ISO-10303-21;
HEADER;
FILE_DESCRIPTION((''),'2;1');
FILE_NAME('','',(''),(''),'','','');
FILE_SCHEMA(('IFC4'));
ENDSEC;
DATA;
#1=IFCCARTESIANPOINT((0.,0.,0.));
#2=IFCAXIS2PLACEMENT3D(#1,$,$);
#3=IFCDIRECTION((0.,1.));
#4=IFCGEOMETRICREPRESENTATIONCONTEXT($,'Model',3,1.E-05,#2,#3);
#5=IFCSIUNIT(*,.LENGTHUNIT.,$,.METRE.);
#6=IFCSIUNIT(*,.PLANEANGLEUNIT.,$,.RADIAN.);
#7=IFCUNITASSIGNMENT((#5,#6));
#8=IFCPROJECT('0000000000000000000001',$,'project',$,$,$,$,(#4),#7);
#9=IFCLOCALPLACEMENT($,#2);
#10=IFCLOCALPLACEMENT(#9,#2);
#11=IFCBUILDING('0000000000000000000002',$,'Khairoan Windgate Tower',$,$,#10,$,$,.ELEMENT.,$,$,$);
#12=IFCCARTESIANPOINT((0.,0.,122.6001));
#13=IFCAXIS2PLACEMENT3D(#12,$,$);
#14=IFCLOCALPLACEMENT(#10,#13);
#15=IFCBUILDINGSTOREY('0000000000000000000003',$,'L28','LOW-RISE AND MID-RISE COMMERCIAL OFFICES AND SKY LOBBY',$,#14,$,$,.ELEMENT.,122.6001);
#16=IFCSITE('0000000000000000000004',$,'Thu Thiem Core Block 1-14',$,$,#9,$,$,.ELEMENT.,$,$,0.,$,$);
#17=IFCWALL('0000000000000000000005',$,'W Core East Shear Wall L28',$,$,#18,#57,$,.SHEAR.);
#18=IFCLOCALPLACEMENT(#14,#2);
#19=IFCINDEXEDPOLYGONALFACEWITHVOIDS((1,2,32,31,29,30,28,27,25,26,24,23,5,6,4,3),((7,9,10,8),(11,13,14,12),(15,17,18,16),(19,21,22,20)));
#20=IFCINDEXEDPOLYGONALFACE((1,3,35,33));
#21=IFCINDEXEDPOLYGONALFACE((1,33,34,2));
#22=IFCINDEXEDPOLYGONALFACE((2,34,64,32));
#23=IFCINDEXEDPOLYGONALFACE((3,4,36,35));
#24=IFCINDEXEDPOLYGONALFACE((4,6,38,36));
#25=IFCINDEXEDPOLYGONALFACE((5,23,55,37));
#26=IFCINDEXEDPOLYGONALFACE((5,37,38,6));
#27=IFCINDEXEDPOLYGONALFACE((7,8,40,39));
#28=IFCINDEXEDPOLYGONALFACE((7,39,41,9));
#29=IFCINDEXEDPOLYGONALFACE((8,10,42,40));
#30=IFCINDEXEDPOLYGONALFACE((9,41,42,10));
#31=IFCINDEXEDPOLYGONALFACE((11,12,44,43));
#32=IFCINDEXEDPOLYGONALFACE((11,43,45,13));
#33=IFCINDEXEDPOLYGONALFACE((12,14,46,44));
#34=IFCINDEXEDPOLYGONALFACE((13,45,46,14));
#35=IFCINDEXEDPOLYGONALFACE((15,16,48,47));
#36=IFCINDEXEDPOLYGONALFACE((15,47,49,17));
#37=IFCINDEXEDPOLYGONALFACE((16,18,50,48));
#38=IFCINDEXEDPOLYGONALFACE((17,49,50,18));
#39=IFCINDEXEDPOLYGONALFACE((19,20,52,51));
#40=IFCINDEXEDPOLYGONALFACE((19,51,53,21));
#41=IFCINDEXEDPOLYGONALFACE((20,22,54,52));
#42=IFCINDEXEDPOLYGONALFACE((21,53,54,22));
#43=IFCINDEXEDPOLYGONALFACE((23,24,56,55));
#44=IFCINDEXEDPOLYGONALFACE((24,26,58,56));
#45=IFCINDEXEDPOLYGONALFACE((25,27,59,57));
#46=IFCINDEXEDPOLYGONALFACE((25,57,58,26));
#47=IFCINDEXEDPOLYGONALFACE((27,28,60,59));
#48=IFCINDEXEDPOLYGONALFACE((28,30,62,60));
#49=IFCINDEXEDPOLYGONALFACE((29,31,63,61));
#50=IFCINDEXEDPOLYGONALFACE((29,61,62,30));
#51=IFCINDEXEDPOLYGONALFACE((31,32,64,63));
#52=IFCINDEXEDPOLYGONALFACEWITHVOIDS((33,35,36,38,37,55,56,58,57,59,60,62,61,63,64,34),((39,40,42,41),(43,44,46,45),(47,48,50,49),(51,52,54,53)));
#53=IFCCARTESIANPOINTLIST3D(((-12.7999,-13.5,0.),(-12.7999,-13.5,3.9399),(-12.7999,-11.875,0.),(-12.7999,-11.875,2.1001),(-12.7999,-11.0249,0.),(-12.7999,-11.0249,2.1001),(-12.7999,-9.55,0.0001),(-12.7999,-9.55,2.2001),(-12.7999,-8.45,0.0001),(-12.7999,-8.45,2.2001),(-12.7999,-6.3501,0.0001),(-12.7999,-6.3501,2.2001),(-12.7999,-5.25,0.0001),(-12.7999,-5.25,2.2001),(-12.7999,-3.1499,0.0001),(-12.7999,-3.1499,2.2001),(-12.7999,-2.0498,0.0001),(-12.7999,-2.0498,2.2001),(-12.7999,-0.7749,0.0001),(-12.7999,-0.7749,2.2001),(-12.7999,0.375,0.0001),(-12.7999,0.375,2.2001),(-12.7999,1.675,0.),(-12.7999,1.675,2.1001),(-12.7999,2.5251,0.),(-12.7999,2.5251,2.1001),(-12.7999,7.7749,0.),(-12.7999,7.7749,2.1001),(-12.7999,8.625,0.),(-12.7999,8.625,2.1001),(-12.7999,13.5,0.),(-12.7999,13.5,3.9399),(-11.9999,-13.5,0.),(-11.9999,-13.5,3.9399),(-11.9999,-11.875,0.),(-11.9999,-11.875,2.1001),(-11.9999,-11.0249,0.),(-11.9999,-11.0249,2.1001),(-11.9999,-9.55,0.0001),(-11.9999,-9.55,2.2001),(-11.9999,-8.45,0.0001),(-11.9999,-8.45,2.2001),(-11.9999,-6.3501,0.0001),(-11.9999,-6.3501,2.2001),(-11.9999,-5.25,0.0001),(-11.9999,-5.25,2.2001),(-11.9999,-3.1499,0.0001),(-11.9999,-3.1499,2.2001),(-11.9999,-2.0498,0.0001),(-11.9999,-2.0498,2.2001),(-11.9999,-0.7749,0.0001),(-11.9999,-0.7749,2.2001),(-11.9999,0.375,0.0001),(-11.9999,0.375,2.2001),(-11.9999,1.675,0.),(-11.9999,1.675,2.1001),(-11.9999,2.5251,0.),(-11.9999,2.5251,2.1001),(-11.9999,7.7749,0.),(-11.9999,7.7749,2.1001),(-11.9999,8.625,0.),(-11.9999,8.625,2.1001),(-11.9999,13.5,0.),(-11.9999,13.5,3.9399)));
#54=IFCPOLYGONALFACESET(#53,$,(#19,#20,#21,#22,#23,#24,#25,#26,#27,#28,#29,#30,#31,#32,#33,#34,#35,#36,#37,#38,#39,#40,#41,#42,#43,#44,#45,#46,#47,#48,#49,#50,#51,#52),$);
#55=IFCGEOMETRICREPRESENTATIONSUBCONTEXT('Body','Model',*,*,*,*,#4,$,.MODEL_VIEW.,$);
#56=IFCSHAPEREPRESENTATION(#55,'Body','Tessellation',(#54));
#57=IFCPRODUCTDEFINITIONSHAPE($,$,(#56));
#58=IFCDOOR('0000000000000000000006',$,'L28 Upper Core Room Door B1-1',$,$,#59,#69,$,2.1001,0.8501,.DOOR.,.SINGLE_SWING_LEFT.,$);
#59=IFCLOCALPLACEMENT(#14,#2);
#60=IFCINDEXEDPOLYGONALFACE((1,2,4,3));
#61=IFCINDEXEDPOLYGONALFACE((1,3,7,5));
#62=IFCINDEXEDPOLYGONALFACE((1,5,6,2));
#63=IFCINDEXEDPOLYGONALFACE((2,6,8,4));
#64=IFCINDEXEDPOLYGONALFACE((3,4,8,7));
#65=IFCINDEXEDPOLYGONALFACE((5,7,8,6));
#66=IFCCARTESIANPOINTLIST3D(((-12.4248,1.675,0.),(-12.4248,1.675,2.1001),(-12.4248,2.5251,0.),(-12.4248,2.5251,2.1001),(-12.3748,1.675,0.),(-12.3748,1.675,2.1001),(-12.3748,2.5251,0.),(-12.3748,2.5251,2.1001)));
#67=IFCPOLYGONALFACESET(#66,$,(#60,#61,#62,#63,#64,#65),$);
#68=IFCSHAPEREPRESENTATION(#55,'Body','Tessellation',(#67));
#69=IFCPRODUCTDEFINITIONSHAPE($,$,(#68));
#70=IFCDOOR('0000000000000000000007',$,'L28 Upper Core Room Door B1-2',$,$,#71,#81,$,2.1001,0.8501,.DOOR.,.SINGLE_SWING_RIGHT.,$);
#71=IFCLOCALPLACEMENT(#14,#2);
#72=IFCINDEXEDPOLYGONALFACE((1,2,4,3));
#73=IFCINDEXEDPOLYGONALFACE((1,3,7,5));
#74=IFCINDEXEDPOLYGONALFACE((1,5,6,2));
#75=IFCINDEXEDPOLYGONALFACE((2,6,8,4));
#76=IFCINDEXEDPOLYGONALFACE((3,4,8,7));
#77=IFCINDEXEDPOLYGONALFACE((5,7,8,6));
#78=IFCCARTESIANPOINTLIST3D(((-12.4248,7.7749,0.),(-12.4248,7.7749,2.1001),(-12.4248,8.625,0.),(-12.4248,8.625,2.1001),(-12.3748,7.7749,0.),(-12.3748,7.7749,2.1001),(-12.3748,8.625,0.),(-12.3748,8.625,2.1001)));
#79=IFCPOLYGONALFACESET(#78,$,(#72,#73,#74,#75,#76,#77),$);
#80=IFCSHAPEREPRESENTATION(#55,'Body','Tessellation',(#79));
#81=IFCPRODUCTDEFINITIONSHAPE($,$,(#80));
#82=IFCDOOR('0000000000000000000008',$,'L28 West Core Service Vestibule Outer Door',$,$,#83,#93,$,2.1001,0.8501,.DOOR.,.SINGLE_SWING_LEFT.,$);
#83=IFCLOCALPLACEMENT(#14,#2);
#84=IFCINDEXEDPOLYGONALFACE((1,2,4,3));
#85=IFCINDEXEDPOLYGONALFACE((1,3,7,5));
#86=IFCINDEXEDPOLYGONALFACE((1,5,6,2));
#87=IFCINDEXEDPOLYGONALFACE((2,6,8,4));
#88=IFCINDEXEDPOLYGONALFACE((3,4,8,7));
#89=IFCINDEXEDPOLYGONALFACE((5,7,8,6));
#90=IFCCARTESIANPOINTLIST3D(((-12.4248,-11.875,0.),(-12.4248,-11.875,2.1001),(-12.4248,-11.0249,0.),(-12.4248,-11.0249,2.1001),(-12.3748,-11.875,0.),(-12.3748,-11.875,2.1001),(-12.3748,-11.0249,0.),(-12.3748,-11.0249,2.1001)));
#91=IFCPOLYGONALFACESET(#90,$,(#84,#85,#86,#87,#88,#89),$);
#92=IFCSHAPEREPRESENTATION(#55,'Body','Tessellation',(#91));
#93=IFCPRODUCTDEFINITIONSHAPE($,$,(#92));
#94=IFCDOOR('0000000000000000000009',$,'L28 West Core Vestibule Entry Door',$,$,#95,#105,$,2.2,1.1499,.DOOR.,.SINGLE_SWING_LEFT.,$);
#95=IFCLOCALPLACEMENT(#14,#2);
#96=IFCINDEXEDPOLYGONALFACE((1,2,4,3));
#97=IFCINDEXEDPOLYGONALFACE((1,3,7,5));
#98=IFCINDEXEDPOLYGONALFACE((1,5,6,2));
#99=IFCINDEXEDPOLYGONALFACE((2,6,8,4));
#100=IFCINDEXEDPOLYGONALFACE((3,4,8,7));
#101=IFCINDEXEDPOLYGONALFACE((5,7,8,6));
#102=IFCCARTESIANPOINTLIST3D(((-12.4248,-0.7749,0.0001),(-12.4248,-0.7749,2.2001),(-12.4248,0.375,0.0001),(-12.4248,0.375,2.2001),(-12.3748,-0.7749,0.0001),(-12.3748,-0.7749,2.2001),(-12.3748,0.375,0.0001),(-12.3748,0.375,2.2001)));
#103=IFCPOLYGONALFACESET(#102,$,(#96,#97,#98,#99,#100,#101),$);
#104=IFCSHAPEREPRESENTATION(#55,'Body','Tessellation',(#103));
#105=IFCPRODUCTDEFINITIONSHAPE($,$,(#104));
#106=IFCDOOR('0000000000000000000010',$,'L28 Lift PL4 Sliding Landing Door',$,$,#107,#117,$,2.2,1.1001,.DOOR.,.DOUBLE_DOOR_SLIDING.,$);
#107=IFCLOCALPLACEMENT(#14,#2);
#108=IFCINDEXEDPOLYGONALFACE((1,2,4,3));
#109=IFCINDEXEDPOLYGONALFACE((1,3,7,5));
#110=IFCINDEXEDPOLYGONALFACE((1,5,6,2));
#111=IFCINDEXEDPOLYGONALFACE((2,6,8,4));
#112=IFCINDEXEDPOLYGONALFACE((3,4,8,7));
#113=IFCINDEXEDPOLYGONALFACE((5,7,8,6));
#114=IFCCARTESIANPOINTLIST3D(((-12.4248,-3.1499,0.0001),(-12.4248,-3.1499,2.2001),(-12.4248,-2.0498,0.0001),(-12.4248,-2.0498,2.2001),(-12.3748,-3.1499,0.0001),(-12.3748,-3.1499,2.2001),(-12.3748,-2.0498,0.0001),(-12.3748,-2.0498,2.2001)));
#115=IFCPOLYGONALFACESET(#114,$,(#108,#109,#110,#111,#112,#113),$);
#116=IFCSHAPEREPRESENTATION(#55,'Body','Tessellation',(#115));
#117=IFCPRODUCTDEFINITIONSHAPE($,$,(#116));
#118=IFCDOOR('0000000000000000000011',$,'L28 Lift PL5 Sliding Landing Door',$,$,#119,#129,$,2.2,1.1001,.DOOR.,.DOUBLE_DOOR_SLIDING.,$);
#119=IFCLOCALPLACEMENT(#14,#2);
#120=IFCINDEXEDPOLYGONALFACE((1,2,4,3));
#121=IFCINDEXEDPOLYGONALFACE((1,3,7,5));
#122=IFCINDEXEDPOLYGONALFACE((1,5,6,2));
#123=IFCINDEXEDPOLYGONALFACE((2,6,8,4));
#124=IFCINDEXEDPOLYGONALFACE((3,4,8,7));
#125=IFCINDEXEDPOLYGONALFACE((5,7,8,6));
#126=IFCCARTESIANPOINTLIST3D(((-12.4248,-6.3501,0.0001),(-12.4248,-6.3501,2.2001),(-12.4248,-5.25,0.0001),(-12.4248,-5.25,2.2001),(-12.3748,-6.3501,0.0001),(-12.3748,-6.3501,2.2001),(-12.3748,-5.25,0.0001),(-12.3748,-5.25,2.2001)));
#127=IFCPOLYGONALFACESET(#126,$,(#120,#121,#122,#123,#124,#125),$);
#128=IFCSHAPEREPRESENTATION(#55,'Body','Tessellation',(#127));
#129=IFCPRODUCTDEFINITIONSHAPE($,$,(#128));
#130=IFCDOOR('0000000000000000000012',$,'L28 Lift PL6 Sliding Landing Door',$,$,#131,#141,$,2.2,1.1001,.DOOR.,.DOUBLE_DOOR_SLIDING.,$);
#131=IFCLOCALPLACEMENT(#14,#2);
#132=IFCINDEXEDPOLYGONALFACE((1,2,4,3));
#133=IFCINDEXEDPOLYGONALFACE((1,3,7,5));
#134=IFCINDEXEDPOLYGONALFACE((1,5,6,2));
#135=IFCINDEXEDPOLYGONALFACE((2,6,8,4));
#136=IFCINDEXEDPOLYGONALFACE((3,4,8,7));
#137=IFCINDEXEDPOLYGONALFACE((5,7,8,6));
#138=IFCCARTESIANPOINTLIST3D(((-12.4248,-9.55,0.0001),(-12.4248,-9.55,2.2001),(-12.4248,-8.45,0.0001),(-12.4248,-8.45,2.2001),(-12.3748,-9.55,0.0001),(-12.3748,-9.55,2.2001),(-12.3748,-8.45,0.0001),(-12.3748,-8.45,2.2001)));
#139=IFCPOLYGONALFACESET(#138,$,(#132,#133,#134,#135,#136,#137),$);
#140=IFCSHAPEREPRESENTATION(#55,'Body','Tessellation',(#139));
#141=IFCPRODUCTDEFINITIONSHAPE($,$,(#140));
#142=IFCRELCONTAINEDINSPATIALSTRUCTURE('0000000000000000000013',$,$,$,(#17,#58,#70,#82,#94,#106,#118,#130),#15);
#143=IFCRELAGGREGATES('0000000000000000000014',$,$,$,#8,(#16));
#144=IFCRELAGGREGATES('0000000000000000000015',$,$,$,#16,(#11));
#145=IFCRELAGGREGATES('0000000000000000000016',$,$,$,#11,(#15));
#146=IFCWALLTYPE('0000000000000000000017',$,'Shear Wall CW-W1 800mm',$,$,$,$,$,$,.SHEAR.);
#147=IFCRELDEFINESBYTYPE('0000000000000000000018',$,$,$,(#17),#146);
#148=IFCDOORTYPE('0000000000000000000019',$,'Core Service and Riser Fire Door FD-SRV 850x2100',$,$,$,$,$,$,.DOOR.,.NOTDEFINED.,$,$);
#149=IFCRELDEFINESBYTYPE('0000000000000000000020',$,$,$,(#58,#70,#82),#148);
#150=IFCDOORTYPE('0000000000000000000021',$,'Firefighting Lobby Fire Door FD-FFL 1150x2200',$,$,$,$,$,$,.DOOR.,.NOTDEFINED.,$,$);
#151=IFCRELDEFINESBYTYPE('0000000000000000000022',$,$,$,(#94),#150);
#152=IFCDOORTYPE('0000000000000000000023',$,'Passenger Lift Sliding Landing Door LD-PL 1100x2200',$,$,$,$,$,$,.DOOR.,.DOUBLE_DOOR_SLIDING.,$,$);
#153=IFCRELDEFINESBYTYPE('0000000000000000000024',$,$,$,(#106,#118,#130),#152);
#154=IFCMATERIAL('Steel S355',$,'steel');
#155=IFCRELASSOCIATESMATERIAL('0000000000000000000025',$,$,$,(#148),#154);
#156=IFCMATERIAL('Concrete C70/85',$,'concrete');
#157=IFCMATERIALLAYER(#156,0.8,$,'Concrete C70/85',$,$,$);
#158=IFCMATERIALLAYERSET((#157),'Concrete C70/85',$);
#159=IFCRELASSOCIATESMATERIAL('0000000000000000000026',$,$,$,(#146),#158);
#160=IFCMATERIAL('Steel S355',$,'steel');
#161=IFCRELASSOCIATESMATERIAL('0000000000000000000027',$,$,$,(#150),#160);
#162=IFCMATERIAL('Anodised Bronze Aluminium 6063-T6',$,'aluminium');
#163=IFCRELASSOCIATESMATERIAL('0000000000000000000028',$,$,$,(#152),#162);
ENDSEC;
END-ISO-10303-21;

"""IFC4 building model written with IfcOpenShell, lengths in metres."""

from ifc_helpers import new_model, si_unit, direction, frame, frame_2d, origin, place, context, subcontext, project, spatial, rectangle, extrude, material, layer, layer_set, type_object, element, fill, save


model = new_model("IFC4")

# Units and contexts
model_context = context("Model", 3, precision=1e-05, world=origin(), true_north=direction((0.0, 1.0)))
body_context = subcontext(model_context, "Body", "Model", "MODEL_VIEW")
ifc_project = project(units=[si_unit("LENGTHUNIT", "METRE"), si_unit("PLANEANGLEUNIT", "RADIAN")], contexts=[model_context])

# Site, building, storey
site_placement = place(None, origin())
site = spatial("IfcSite", under=ifc_project, at=site_placement, Name="Thu Thiem Core Block 1-14", CompositionType="ELEMENT", RefElevation=0.0)
building_placement = place(site_placement, origin())
building = spatial("IfcBuilding", under=site, at=building_placement, Name="Khairoan Windgate Tower", CompositionType="ELEMENT")
storey_placement = place(building_placement, frame((0.0, 0.0, 122.6001)))
storey = spatial("IfcBuildingStorey", under=building, at=storey_placement, Name="L28", Description="LOW-RISE AND MID-RISE COMMERCIAL OFFICES AND SKY LOBBY", CompositionType="ELEMENT", Elevation=122.6001)

# Shared definitions
ifc_material_1 = material(Name="Steel S355", Category="steel")
door_type_1 = type_object("IfcDoorType", Name="Core Service and Riser Fire Door FD-SRV 850x2100", OperationType="NOTDEFINED", PredefinedType="DOOR", material=ifc_material_1)

# Wall, openings, doors
ifc_material_2 = material(Name="Concrete C70/85", Category="concrete")
ifc_layer_1 = layer(ifc_material_2, 0.8, Name="Concrete C70/85")
ifc_layer_set_1 = layer_set([ifc_layer_1], Name="Concrete C70/85")
wall_type_1 = type_object("IfcWallType", Name="Shear Wall CW-W1 800mm", PredefinedType="SHEAR", material=ifc_layer_set_1)
wall_1_placement = place(storey_placement, frame((-12.3999, -13.5, 0.0), z_axis=(0.0, 0.0, 1.0), x_axis=(0.0, 1.0, 0.0)))
wall_1 = element("IfcWall", 1, at=wall_1_placement, inside=storey, type_object=wall_type_1, Name="W Core East Shear Wall L28", PredefinedType="SHEAR", context=body_context, shape_type="SweptSolid", body=[
    extrude(rectangle(XDim=27.0, YDim=0.8, at=frame_2d((13.5, 0.0))), origin(), (0.0, 0.0, 1.0), 3.9399),
])
opening_1_placement = place(wall_1_placement, frame((10.3501, 0.0, 0.0)))
opening_1 = element("IfcOpeningElement", 2, at=opening_1_placement, cuts=wall_1, PredefinedType="OPENING", context=body_context, shape_type="SweptSolid", body=[
    extrude(rectangle(XDim=1.1001, YDim=2.2, at=frame_2d((0.55, 1.1001))), frame((0.0, 0.4099, 0.0), z_axis=(0.0, -1.0, 0.0), x_axis=(1.0, 0.0, 0.0)), (0.0, 0.0, 1.0), 0.8201),
])
opening_2_placement = place(wall_1_placement, frame((7.1499, 0.0, 0.0)))
opening_2 = element("IfcOpeningElement", 3, at=opening_2_placement, cuts=wall_1, PredefinedType="OPENING", context=body_context, shape_type="SweptSolid", body=[
    extrude(rectangle(XDim=1.1001, YDim=2.2, at=frame_2d((0.55, 1.1001))), frame((0.0, 0.4099, 0.0), z_axis=(0.0, -1.0, 0.0), x_axis=(1.0, 0.0, 0.0)), (0.0, 0.0, 1.0), 0.8201),
])
opening_3_placement = place(wall_1_placement, frame((3.95, 0.0, 0.0)))
opening_3 = element("IfcOpeningElement", 4, at=opening_3_placement, cuts=wall_1, PredefinedType="OPENING", context=body_context, shape_type="SweptSolid", body=[
    extrude(rectangle(XDim=1.1001, YDim=2.2, at=frame_2d((0.55, 1.1001))), frame((0.0, 0.4099, 0.0), z_axis=(0.0, -1.0, 0.0), x_axis=(1.0, 0.0, 0.0)), (0.0, 0.0, 1.0), 0.8201),
])
opening_4_placement = place(wall_1_placement, frame((15.175, 0.0, 0.0)))
opening_4 = element("IfcOpeningElement", 5, at=opening_4_placement, cuts=wall_1, PredefinedType="OPENING", context=body_context, shape_type="SweptSolid", body=[
    extrude(rectangle(XDim=0.8501, YDim=2.1001, at=frame_2d((0.425, 1.05))), frame((0.0, 0.4099, 0.0), z_axis=(0.0, -1.0, 0.0), x_axis=(1.0, 0.0, 0.0)), (0.0, 0.0, 1.0), 0.8201),
])
opening_5_placement = place(wall_1_placement, frame((21.2749, 0.0, 0.0)))
opening_5 = element("IfcOpeningElement", 6, at=opening_5_placement, cuts=wall_1, PredefinedType="OPENING", context=body_context, shape_type="SweptSolid", body=[
    extrude(rectangle(XDim=0.8501, YDim=2.1001, at=frame_2d((0.425, 1.05))), frame((0.0, 0.4099, 0.0), z_axis=(0.0, -1.0, 0.0), x_axis=(1.0, 0.0, 0.0)), (0.0, 0.0, 1.0), 0.8201),
])
opening_6_placement = place(wall_1_placement, frame((12.7251, 0.0, 0.0)))
opening_6 = element("IfcOpeningElement", 7, at=opening_6_placement, cuts=wall_1, PredefinedType="OPENING", context=body_context, shape_type="SweptSolid", body=[
    extrude(rectangle(XDim=1.1499, YDim=2.2, at=frame_2d((0.575, 1.1001))), frame((0.0, 0.4099, 0.0), z_axis=(0.0, -1.0, 0.0), x_axis=(1.0, 0.0, 0.0)), (0.0, 0.0, 1.0), 0.8201),
])
opening_7_placement = place(wall_1_placement, frame((1.625, 0.0, 0.0)))
opening_7 = element("IfcOpeningElement", 8, at=opening_7_placement, cuts=wall_1, PredefinedType="OPENING", context=body_context, shape_type="SweptSolid", body=[
    extrude(rectangle(XDim=0.8501, YDim=2.1001, at=frame_2d((0.425, 1.05))), frame((0.0, 0.4099, 0.0), z_axis=(0.0, -1.0, 0.0), x_axis=(1.0, 0.0, 0.0)), (0.0, 0.0, 1.0), 0.8201),
])
door_1_placement = place(opening_4_placement, origin())
door_1 = element("IfcDoor", 9, at=door_1_placement, inside=storey, type_object=door_type_1, Name="L28 Upper Core Room Door B1-1", OperationType="SINGLE_SWING_LEFT", OverallHeight=2.1001, OverallWidth=0.8501, PredefinedType="DOOR", context=body_context, shape_type="SweptSolid", body=[
    extrude(rectangle(XDim=0.8501, YDim=2.1001, at=frame_2d((0.425, 1.05))), frame((0.0, 0.0249, 0.0), z_axis=(0.0, -1.0, 0.0), x_axis=(1.0, 0.0, 0.0)), (0.0, 0.0, 1.0), 0.05),
])
fill(opening_4, door_1)
door_2_placement = place(opening_5_placement, origin())
door_2 = element("IfcDoor", 10, at=door_2_placement, inside=storey, type_object=door_type_1, Name="L28 Upper Core Room Door B1-2", OperationType="SINGLE_SWING_RIGHT", OverallHeight=2.1001, OverallWidth=0.8501, PredefinedType="DOOR", context=body_context, shape_type="SweptSolid", body=[
    extrude(rectangle(XDim=0.8501, YDim=2.1001, at=frame_2d((0.425, 1.05))), frame((0.0, 0.0249, 0.0), z_axis=(0.0, -1.0, 0.0), x_axis=(1.0, 0.0, 0.0)), (0.0, 0.0, 1.0), 0.05),
])
fill(opening_5, door_2)
door_3_placement = place(opening_7_placement, origin())
door_3 = element("IfcDoor", 11, at=door_3_placement, inside=storey, type_object=door_type_1, Name="L28 West Core Service Vestibule Outer Door", OperationType="SINGLE_SWING_LEFT", OverallHeight=2.1001, OverallWidth=0.8501, PredefinedType="DOOR", context=body_context, shape_type="SweptSolid", body=[
    extrude(rectangle(XDim=0.8501, YDim=2.1001, at=frame_2d((0.425, 1.05))), frame((0.0, 0.0249, 0.0), z_axis=(0.0, -1.0, 0.0), x_axis=(1.0, 0.0, 0.0)), (0.0, 0.0, 1.0), 0.05),
])
fill(opening_7, door_3)
ifc_material_3 = material(Name="Steel S355", Category="steel")
door_type_2 = type_object("IfcDoorType", Name="Firefighting Lobby Fire Door FD-FFL 1150x2200", OperationType="NOTDEFINED", PredefinedType="DOOR", material=ifc_material_3)
door_4_placement = place(opening_6_placement, origin())
door_4 = element("IfcDoor", 12, at=door_4_placement, inside=storey, type_object=door_type_2, Name="L28 West Core Vestibule Entry Door", OperationType="SINGLE_SWING_LEFT", OverallHeight=2.2, OverallWidth=1.1499, PredefinedType="DOOR", context=body_context, shape_type="SweptSolid", body=[
    extrude(rectangle(XDim=1.1499, YDim=2.2, at=frame_2d((0.575, 1.1001))), frame((0.0, 0.0249, 0.0), z_axis=(0.0, -1.0, 0.0), x_axis=(1.0, 0.0, 0.0)), (0.0, 0.0, 1.0), 0.05),
])
fill(opening_6, door_4)
ifc_material_4 = material(Name="Anodised Bronze Aluminium 6063-T6", Category="aluminium")
door_type_3 = type_object("IfcDoorType", Name="Passenger Lift Sliding Landing Door LD-PL 1100x2200", OperationType="DOUBLE_DOOR_SLIDING", PredefinedType="DOOR", material=ifc_material_4)
door_5_placement = place(opening_1_placement, origin())
door_5 = element("IfcDoor", 13, at=door_5_placement, inside=storey, type_object=door_type_3, Name="L28 Lift PL4 Sliding Landing Door", OperationType="DOUBLE_DOOR_SLIDING", OverallHeight=2.2, OverallWidth=1.1001, PredefinedType="DOOR", context=body_context, shape_type="SweptSolid", body=[
    extrude(rectangle(XDim=1.1001, YDim=2.2, at=frame_2d((0.55, 1.1001))), frame((0.0, 0.0249, 0.0), z_axis=(0.0, -1.0, 0.0), x_axis=(1.0, 0.0, 0.0)), (0.0, 0.0, 1.0), 0.05),
])
fill(opening_1, door_5)
door_6_placement = place(opening_2_placement, origin())
door_6 = element("IfcDoor", 14, at=door_6_placement, inside=storey, type_object=door_type_3, Name="L28 Lift PL5 Sliding Landing Door", OperationType="DOUBLE_DOOR_SLIDING", OverallHeight=2.2, OverallWidth=1.1001, PredefinedType="DOOR", context=body_context, shape_type="SweptSolid", body=[
    extrude(rectangle(XDim=1.1001, YDim=2.2, at=frame_2d((0.55, 1.1001))), frame((0.0, 0.0249, 0.0), z_axis=(0.0, -1.0, 0.0), x_axis=(1.0, 0.0, 0.0)), (0.0, 0.0, 1.0), 0.05),
])
fill(opening_2, door_6)
door_7_placement = place(opening_3_placement, origin())
door_7 = element("IfcDoor", 15, at=door_7_placement, inside=storey, type_object=door_type_3, Name="L28 Lift PL6 Sliding Landing Door", OperationType="DOUBLE_DOOR_SLIDING", OverallHeight=2.2, OverallWidth=1.1001, PredefinedType="DOOR", context=body_context, shape_type="SweptSolid", body=[
    extrude(rectangle(XDim=1.1001, YDim=2.2, at=frame_2d((0.55, 1.1001))), frame((0.0, 0.0249, 0.0), z_axis=(0.0, -1.0, 0.0), x_axis=(1.0, 0.0, 0.0)), (0.0, 0.0, 1.0), 0.05),
])
fill(opening_3, door_7)

save(model, "model.ifc")
